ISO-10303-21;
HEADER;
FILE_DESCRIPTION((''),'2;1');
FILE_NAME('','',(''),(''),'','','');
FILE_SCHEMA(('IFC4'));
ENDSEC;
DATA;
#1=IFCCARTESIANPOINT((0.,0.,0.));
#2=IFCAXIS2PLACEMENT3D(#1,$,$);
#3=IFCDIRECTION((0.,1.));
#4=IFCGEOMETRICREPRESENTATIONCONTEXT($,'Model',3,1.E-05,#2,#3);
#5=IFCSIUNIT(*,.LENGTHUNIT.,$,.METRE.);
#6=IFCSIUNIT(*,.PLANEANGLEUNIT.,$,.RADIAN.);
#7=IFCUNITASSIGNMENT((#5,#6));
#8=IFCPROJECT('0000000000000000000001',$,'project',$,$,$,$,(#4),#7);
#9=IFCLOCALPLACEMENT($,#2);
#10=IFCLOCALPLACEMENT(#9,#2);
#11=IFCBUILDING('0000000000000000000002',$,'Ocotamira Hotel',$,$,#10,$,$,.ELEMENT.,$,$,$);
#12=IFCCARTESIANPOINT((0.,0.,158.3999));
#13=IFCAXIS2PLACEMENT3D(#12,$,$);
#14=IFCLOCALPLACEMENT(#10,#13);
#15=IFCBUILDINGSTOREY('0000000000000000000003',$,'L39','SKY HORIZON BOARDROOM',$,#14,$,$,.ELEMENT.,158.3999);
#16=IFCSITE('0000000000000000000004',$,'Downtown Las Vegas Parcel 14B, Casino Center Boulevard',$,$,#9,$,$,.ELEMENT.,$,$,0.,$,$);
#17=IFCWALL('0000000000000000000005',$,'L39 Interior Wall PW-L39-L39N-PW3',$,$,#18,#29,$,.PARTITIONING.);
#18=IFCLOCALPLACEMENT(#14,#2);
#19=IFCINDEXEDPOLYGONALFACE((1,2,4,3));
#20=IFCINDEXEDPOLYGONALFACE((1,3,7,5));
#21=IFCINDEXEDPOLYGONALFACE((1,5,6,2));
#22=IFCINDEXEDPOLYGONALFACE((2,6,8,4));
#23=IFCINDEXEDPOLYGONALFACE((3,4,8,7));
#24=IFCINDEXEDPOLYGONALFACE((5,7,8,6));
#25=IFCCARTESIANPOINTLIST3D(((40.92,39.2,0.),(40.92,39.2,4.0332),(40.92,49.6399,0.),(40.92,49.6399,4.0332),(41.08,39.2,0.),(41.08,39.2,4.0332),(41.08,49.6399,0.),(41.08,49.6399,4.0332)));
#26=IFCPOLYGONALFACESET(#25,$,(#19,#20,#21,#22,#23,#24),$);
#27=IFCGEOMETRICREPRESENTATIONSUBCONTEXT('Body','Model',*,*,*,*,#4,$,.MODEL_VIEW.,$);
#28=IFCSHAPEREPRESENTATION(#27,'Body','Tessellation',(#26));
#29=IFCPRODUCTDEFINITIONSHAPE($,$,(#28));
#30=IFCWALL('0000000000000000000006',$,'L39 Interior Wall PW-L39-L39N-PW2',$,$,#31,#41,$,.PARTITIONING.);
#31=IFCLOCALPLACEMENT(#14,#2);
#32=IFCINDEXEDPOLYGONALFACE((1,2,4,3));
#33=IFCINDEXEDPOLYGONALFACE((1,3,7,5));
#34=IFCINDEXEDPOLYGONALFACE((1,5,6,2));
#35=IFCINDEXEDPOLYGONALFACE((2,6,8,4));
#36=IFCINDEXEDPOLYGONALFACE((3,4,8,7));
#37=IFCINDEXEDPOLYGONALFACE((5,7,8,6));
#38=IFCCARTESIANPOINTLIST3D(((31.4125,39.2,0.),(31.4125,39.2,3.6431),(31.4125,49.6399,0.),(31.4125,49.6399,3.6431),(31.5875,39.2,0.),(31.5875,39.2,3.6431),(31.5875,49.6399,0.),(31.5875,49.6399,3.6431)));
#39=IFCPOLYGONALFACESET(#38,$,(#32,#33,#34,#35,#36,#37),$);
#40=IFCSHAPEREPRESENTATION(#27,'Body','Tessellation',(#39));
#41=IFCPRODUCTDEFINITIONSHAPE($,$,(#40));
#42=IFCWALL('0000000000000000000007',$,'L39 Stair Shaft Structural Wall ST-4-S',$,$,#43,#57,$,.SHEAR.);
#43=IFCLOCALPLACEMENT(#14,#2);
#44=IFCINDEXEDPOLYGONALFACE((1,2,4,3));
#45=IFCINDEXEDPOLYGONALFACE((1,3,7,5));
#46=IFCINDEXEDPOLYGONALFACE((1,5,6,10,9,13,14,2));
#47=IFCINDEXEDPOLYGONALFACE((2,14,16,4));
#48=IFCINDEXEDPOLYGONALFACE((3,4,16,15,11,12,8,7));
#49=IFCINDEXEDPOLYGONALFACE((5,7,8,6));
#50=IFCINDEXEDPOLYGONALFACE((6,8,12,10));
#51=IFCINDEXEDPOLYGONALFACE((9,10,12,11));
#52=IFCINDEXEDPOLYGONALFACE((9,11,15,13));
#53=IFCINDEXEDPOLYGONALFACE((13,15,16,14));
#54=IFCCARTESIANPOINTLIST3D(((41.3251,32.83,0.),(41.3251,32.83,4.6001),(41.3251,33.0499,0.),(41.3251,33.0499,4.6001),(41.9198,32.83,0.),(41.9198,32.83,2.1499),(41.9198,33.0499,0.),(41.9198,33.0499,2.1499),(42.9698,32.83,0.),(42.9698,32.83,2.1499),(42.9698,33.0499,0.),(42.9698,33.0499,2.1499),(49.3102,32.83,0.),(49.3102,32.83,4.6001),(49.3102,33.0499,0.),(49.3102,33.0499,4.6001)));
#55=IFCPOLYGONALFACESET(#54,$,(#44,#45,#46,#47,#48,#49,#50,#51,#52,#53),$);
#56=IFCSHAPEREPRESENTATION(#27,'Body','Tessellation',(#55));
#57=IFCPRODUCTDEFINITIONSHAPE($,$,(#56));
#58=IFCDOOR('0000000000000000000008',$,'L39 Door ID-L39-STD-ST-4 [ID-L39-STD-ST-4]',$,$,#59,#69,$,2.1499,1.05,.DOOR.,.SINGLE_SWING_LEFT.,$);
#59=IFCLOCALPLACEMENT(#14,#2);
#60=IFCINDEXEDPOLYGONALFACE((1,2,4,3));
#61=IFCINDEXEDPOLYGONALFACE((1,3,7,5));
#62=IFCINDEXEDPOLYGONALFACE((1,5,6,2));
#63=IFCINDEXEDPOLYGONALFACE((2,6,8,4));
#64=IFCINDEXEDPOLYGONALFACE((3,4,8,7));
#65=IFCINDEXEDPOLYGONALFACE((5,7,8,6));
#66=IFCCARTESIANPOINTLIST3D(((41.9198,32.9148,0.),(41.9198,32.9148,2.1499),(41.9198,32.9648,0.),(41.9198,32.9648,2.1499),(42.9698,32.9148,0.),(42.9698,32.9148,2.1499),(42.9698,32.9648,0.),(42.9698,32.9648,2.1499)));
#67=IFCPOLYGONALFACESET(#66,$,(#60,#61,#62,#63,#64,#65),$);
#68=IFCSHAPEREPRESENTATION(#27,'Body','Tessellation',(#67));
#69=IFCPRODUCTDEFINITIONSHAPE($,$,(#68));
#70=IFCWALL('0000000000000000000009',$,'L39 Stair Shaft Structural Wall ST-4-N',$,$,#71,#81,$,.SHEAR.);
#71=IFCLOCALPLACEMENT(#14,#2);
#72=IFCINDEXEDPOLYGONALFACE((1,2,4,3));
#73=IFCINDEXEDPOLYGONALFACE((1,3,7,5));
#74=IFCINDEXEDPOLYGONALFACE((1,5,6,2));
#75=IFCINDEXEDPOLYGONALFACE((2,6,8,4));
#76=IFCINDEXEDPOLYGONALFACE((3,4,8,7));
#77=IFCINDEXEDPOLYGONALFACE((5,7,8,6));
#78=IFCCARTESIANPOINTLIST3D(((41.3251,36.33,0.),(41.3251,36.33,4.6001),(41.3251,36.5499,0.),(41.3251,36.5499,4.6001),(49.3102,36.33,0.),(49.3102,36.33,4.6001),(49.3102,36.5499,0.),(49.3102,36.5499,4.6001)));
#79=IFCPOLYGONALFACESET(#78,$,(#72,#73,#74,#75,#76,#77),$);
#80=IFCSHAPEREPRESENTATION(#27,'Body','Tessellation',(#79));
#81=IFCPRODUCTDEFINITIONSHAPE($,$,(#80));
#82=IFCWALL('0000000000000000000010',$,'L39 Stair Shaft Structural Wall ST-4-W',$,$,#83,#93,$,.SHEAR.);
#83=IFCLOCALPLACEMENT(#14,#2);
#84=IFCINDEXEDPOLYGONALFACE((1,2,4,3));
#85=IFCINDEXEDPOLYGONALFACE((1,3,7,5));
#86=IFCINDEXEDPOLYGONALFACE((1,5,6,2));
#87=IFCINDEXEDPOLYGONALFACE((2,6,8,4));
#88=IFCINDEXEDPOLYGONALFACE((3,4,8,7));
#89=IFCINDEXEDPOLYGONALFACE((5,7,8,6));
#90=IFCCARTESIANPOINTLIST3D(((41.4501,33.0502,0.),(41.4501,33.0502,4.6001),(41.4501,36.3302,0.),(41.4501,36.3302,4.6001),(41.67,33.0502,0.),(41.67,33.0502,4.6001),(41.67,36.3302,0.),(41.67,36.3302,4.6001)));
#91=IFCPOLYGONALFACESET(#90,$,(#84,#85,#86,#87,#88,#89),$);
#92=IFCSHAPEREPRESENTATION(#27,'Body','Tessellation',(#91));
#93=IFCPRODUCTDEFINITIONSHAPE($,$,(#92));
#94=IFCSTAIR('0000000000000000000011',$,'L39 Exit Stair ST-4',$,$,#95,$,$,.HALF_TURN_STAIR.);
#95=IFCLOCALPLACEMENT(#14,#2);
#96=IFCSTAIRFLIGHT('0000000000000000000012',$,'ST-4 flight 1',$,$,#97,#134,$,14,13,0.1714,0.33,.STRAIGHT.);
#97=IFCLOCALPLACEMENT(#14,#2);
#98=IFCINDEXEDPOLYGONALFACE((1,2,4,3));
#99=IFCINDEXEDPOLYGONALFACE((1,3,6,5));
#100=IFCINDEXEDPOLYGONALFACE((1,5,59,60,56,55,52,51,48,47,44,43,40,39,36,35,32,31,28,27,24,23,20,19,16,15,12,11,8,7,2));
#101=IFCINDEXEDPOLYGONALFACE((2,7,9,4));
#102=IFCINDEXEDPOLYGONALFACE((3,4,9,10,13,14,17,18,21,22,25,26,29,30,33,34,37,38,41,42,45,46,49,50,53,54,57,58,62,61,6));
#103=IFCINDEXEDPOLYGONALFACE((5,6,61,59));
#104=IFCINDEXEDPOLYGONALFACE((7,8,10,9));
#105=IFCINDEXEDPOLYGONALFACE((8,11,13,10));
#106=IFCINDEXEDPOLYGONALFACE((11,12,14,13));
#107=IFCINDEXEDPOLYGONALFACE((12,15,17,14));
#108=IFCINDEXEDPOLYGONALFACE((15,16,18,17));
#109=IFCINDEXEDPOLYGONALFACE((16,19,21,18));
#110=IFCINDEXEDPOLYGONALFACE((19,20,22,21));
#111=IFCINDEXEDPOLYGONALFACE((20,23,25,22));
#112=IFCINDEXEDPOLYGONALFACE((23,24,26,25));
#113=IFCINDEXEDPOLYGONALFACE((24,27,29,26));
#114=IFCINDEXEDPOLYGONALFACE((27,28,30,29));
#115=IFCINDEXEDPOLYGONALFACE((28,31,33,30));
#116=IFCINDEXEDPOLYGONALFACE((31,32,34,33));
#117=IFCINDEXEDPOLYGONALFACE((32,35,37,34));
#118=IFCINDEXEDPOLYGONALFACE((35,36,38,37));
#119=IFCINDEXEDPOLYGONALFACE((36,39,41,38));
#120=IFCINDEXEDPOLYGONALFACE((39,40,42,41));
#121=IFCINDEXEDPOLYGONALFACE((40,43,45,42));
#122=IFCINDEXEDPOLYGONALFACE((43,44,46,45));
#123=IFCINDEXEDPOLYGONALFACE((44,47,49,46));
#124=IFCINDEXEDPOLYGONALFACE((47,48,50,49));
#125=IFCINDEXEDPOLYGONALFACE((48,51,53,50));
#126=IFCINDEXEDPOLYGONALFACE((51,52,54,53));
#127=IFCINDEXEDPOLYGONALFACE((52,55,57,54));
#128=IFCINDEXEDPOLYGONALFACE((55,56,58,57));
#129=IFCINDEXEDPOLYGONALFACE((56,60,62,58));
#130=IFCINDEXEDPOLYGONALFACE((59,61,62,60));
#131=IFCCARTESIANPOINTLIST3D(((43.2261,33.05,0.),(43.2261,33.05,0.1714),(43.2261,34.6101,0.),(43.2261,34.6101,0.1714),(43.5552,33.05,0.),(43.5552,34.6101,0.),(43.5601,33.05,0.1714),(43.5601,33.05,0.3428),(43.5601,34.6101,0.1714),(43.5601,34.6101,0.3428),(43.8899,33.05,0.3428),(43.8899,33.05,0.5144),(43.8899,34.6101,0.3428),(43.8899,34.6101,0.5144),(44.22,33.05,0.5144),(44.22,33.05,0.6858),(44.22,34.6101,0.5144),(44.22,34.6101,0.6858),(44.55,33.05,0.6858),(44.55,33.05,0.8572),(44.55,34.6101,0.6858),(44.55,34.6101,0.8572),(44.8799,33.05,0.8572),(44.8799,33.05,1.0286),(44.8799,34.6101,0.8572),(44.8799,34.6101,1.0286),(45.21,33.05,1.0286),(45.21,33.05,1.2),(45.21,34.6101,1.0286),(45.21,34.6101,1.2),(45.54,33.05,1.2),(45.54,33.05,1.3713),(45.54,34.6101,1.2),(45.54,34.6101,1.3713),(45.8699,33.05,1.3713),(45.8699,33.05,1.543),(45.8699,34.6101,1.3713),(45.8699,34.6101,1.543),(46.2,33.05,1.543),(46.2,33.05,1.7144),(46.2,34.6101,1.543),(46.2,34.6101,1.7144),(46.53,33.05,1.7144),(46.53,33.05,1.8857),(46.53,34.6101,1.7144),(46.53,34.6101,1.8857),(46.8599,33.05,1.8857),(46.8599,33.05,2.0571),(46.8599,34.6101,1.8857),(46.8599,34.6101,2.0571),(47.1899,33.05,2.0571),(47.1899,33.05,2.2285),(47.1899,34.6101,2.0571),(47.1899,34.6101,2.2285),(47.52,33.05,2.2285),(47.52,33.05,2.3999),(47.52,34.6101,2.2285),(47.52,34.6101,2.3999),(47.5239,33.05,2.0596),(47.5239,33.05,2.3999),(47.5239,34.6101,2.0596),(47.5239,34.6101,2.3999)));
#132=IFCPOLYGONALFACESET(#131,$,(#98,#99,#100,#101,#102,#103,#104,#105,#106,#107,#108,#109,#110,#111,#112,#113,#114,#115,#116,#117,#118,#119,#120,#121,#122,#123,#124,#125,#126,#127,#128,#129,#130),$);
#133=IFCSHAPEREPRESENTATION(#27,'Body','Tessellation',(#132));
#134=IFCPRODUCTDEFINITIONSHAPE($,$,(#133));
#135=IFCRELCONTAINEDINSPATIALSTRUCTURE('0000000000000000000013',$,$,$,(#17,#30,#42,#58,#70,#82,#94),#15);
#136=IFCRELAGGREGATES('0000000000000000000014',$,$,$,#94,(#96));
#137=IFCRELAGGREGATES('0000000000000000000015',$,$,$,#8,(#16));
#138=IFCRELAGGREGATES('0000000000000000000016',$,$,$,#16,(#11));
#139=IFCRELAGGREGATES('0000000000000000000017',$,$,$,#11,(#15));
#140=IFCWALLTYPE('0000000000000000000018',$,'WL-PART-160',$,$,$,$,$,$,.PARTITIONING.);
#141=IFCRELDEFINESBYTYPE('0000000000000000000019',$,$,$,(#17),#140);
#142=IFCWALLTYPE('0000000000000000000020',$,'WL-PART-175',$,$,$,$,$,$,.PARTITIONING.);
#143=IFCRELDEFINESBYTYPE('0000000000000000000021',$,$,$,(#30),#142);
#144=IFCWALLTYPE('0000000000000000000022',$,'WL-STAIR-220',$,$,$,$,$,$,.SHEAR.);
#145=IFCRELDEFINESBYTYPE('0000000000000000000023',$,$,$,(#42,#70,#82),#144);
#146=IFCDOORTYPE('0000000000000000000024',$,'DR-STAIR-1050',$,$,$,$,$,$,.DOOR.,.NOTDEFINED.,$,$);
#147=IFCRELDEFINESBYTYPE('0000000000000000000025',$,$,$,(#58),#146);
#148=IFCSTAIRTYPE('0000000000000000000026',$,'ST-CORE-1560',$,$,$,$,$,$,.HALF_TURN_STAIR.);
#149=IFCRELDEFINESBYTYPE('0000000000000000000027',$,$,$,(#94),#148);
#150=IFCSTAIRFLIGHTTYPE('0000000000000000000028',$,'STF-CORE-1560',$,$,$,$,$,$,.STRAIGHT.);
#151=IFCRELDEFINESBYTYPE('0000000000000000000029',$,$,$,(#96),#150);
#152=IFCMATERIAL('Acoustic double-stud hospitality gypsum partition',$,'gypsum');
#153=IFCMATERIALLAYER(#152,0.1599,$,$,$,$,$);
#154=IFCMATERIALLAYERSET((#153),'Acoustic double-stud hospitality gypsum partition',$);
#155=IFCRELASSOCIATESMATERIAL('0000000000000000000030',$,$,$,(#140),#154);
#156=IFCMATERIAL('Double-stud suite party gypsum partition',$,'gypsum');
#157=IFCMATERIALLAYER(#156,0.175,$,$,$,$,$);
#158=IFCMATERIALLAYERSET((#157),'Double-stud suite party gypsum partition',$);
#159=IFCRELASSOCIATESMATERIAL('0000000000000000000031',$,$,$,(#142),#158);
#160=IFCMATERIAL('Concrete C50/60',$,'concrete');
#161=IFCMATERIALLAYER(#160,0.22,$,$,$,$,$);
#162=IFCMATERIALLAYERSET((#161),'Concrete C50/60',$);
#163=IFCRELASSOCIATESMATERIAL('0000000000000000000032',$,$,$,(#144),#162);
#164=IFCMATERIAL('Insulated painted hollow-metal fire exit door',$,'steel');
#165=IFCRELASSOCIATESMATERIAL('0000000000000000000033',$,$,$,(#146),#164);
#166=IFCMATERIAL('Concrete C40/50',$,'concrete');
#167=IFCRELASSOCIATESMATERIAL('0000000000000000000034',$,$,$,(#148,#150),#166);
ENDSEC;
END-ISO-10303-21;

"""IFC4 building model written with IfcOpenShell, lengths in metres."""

from ifc_helpers import new_model, si_unit, direction, frame, frame_2d, origin, place, context, subcontext, project, spatial, polyline, rectangle, outline, extrude, source, transform, mapped, material, layer, layer_set, type_object, element, fill, aggregate, save


model = new_model("IFC4")

# Units and contexts
model_context = context("Model", 3, precision=1e-05, world=origin(), true_north=direction((0.0, 1.0)))
body_context = subcontext(model_context, "Body", "Model", "MODEL_VIEW")
ifc_project = project(units=[si_unit("LENGTHUNIT", "METRE"), si_unit("PLANEANGLEUNIT", "RADIAN")], contexts=[model_context])

# Site, building, storey
site_placement = place(None, origin())
site = spatial("IfcSite", under=ifc_project, at=site_placement, Name="Downtown Las Vegas Parcel 14B, Casino Center Boulevard", CompositionType="ELEMENT", RefElevation=0.0)
building_placement = place(site_placement, origin())
building = spatial("IfcBuilding", under=site, at=building_placement, Name="Ocotamira Hotel", CompositionType="ELEMENT")
storey_placement = place(building_placement, frame((0.0, 0.0, 158.3999)))
storey = spatial("IfcBuildingStorey", under=building, at=storey_placement, Name="L39", Description="SKY HORIZON BOARDROOM", CompositionType="ELEMENT", Elevation=158.3999)

# Walls
ifc_material_1 = material(Name="Acoustic double-stud hospitality gypsum partition", Category="gypsum")
ifc_layer_1 = layer(ifc_material_1, 0.1599)
ifc_layer_set_1 = layer_set([ifc_layer_1], Name="Acoustic double-stud hospitality gypsum partition")
wall_type_1 = type_object("IfcWallType", Name="WL-PART-160", PredefinedType="PARTITIONING", material=ifc_layer_set_1)
wall_1_placement = place(storey_placement, frame((41.0, 39.2, 0.0), z_axis=(0.0, 0.0, 1.0), x_axis=(0.0, 1.0, 0.0)))
element("IfcWall", 1, at=wall_1_placement, inside=storey, type_object=wall_type_1, Name="L39 Interior Wall PW-L39-L39N-PW3", PredefinedType="PARTITIONING", context=body_context, shape_type="SweptSolid", body=[
    extrude(rectangle(XDim=10.4399, YDim=0.1599, at=frame_2d((5.22, 0.0))), origin(), (0.0, 0.0, 1.0), 4.0332),
])
ifc_material_2 = material(Name="Double-stud suite party gypsum partition", Category="gypsum")
ifc_layer_2 = layer(ifc_material_2, 0.175)
ifc_layer_set_2 = layer_set([ifc_layer_2], Name="Double-stud suite party gypsum partition")
wall_type_2 = type_object("IfcWallType", Name="WL-PART-175", PredefinedType="PARTITIONING", material=ifc_layer_set_2)
wall_2_placement = place(storey_placement, frame((31.5, 39.2, 0.0), z_axis=(0.0, 0.0, 1.0), x_axis=(0.0, 1.0, 0.0)))
element("IfcWall", 2, at=wall_2_placement, inside=storey, type_object=wall_type_2, Name="L39 Interior Wall PW-L39-L39N-PW2", PredefinedType="PARTITIONING", context=body_context, shape_type="SweptSolid", body=[
    extrude(rectangle(XDim=10.4399, YDim=0.175, at=frame_2d((5.22, 0.0))), origin(), (0.0, 0.0, 1.0), 3.6431),
])

# Wall, opening, door
ifc_material_3 = material(Name="Concrete C50/60", Category="concrete")
ifc_layer_3 = layer(ifc_material_3, 0.22)
ifc_layer_set_3 = layer_set([ifc_layer_3], Name="Concrete C50/60")
wall_type_3 = type_object("IfcWallType", Name="WL-STAIR-220", PredefinedType="SHEAR", material=ifc_layer_set_3)
wall_3_placement = place(storey_placement, frame((41.325, 32.9399, 0.0), z_axis=(0.0, 0.0, 1.0), x_axis=(1.0, 0.0, 0.0)))
wall_3 = element("IfcWall", 3, at=wall_3_placement, inside=storey, type_object=wall_type_3, Name="L39 Stair Shaft Structural Wall ST-4-S", PredefinedType="SHEAR", context=body_context, shape_type="SweptSolid", body=[
    extrude(rectangle(XDim=7.9851, YDim=0.22, at=frame_2d((3.9927, 0.0))), origin(), (0.0, 0.0, 1.0), 4.6001),
])
opening_1_placement = place(wall_3_placement, frame((0.595, 0.0, 0.0)))
opening_1 = element("IfcOpeningElement", 4, at=opening_1_placement, cuts=wall_3, PredefinedType="OPENING", context=body_context, shape_type="SweptSolid", body=[
    extrude(rectangle(XDim=1.05, YDim=2.1499, at=frame_2d((0.5249, 1.075))), frame((0.0, 0.1201, 0.0), z_axis=(0.0, -1.0, 0.0), x_axis=(1.0, 0.0, 0.0)), (0.0, 0.0, 1.0), 0.24),
])
ifc_material_4 = material(Name="Insulated painted hollow-metal fire exit door", Category="steel")
door_type_1 = type_object("IfcDoorType", Name="DR-STAIR-1050", OperationType="NOTDEFINED", PredefinedType="DOOR", material=ifc_material_4)
shared_shape_1 = source(origin(), body_context, "Body", "SweptSolid", [
    extrude(rectangle(XDim=1.05, YDim=2.1499, at=frame_2d((0.5249, 1.075))), frame((0.0, 0.0249, 0.0), z_axis=(0.0, -1.0, 0.0), x_axis=(1.0, 0.0, 0.0)), (0.0, 0.0, 1.0), 0.05),
])
door_1_placement = place(opening_1_placement, origin())
door_1 = element("IfcDoor", 5, at=door_1_placement, inside=storey, type_object=door_type_1, Name="L39 Door ID-L39-STD-ST-4 [ID-L39-STD-ST-4]", OperationType="SINGLE_SWING_LEFT", OverallHeight=2.1499, OverallWidth=1.05, PredefinedType="DOOR", context=body_context, shape_type="MappedRepresentation", body=[
    mapped(shared_shape_1, transform((0.0, 0.0, 0.0), scale=1.0)),
])
fill(opening_1, door_1)

# Walls
wall_4_placement = place(storey_placement, frame((41.325, 36.4399, 0.0), z_axis=(0.0, 0.0, 1.0), x_axis=(1.0, 0.0, 0.0)))
element("IfcWall", 6, at=wall_4_placement, inside=storey, type_object=wall_type_3, Name="L39 Stair Shaft Structural Wall ST-4-N", PredefinedType="SHEAR", context=body_context, shape_type="SweptSolid", body=[
    extrude(rectangle(XDim=7.9851, YDim=0.22, at=frame_2d((3.9927, 0.0))), origin(), (0.0, 0.0, 1.0), 4.6001),
])
wall_5_placement = place(storey_placement, frame((41.5601, 33.05, 0.0), z_axis=(0.0, 0.0, 1.0), x_axis=(0.0, 1.0, 0.0)))
element("IfcWall", 7, at=wall_5_placement, inside=storey, type_object=wall_type_3, Name="L39 Stair Shaft Structural Wall ST-4-W", PredefinedType="SHEAR", context=body_context, shape_type="SweptSolid", body=[
    extrude(rectangle(XDim=3.28, YDim=0.22, at=frame_2d((1.6401, 0.0))), origin(), (0.0, 0.0, 1.0), 4.6001),
])

# Stair, stair flight
ifc_material_5 = material(Name="Concrete C40/50", Category="concrete")
stair_type = type_object("IfcStairType", Name="ST-CORE-1560", PredefinedType="HALF_TURN_STAIR", material=ifc_material_5)
stair_placement = place(storey_placement, origin())
stair = element("IfcStair", 8, at=stair_placement, inside=storey, type_object=stair_type, Name="L39 Exit Stair ST-4", PredefinedType="HALF_TURN_STAIR")
stair_flight_type = type_object("IfcStairFlightType", Name="STF-CORE-1560", PredefinedType="STRAIGHT", material=ifc_material_5)
shared_shape_2 = source(origin(), body_context, "Body", "SweptSolid", [
    extrude(outline(polyline([(-0.0039, 0.0), (-0.0039, 0.1714), (0.3301, 0.1714), (0.3301, 0.3428), (0.6599, 0.3428), (0.6599, 0.5144), (0.99, 0.5144), (0.99, 0.6858), (1.3201, 0.6858), (1.3201, 0.8572), (1.6499, 0.8572), (1.6499, 1.0286), (1.98, 1.0286), (1.98, 1.2), (2.3101, 1.2), (2.3101, 1.3713), (2.6399, 1.3713), (2.6399, 1.543), (2.97, 1.543), (2.97, 1.7144), (3.3, 1.7144), (3.3, 1.8857), (3.6299, 1.8857), (3.6299, 2.0571), (3.96, 2.0571), (3.96, 2.2285), (4.29, 2.2285), (4.29, 2.3999), (4.2939, 2.3999), (4.2939, 2.0596), (0.3252, 0.0), (-0.0039, 0.0)])), frame((0.0, 0.78, 0.0), z_axis=(0.0, -1.0, 0.0), x_axis=(1.0, 0.0, 0.0)), (0.0, 0.0, 1.0), 1.5601),
])
stair_flight_placement = place(storey_placement, frame((43.23, 33.8301, 0.0), z_axis=(0.0, 0.0, 1.0), x_axis=(1.0, 0.0, 0.0)))
stair_flight = element("IfcStairFlight", 9, at=stair_flight_placement, type_object=stair_flight_type, Name="ST-4 flight 1", NumberOfRisers=14, NumberOfTreads=13, PredefinedType="STRAIGHT", RiserHeight=0.1714, TreadLength=0.33, context=body_context, shape_type="MappedRepresentation", body=[
    mapped(shared_shape_2, transform((0.0, 0.0, 0.0), scale=1.0)),
])
aggregate(stair, [stair_flight])

save(model, "model.ifc")
